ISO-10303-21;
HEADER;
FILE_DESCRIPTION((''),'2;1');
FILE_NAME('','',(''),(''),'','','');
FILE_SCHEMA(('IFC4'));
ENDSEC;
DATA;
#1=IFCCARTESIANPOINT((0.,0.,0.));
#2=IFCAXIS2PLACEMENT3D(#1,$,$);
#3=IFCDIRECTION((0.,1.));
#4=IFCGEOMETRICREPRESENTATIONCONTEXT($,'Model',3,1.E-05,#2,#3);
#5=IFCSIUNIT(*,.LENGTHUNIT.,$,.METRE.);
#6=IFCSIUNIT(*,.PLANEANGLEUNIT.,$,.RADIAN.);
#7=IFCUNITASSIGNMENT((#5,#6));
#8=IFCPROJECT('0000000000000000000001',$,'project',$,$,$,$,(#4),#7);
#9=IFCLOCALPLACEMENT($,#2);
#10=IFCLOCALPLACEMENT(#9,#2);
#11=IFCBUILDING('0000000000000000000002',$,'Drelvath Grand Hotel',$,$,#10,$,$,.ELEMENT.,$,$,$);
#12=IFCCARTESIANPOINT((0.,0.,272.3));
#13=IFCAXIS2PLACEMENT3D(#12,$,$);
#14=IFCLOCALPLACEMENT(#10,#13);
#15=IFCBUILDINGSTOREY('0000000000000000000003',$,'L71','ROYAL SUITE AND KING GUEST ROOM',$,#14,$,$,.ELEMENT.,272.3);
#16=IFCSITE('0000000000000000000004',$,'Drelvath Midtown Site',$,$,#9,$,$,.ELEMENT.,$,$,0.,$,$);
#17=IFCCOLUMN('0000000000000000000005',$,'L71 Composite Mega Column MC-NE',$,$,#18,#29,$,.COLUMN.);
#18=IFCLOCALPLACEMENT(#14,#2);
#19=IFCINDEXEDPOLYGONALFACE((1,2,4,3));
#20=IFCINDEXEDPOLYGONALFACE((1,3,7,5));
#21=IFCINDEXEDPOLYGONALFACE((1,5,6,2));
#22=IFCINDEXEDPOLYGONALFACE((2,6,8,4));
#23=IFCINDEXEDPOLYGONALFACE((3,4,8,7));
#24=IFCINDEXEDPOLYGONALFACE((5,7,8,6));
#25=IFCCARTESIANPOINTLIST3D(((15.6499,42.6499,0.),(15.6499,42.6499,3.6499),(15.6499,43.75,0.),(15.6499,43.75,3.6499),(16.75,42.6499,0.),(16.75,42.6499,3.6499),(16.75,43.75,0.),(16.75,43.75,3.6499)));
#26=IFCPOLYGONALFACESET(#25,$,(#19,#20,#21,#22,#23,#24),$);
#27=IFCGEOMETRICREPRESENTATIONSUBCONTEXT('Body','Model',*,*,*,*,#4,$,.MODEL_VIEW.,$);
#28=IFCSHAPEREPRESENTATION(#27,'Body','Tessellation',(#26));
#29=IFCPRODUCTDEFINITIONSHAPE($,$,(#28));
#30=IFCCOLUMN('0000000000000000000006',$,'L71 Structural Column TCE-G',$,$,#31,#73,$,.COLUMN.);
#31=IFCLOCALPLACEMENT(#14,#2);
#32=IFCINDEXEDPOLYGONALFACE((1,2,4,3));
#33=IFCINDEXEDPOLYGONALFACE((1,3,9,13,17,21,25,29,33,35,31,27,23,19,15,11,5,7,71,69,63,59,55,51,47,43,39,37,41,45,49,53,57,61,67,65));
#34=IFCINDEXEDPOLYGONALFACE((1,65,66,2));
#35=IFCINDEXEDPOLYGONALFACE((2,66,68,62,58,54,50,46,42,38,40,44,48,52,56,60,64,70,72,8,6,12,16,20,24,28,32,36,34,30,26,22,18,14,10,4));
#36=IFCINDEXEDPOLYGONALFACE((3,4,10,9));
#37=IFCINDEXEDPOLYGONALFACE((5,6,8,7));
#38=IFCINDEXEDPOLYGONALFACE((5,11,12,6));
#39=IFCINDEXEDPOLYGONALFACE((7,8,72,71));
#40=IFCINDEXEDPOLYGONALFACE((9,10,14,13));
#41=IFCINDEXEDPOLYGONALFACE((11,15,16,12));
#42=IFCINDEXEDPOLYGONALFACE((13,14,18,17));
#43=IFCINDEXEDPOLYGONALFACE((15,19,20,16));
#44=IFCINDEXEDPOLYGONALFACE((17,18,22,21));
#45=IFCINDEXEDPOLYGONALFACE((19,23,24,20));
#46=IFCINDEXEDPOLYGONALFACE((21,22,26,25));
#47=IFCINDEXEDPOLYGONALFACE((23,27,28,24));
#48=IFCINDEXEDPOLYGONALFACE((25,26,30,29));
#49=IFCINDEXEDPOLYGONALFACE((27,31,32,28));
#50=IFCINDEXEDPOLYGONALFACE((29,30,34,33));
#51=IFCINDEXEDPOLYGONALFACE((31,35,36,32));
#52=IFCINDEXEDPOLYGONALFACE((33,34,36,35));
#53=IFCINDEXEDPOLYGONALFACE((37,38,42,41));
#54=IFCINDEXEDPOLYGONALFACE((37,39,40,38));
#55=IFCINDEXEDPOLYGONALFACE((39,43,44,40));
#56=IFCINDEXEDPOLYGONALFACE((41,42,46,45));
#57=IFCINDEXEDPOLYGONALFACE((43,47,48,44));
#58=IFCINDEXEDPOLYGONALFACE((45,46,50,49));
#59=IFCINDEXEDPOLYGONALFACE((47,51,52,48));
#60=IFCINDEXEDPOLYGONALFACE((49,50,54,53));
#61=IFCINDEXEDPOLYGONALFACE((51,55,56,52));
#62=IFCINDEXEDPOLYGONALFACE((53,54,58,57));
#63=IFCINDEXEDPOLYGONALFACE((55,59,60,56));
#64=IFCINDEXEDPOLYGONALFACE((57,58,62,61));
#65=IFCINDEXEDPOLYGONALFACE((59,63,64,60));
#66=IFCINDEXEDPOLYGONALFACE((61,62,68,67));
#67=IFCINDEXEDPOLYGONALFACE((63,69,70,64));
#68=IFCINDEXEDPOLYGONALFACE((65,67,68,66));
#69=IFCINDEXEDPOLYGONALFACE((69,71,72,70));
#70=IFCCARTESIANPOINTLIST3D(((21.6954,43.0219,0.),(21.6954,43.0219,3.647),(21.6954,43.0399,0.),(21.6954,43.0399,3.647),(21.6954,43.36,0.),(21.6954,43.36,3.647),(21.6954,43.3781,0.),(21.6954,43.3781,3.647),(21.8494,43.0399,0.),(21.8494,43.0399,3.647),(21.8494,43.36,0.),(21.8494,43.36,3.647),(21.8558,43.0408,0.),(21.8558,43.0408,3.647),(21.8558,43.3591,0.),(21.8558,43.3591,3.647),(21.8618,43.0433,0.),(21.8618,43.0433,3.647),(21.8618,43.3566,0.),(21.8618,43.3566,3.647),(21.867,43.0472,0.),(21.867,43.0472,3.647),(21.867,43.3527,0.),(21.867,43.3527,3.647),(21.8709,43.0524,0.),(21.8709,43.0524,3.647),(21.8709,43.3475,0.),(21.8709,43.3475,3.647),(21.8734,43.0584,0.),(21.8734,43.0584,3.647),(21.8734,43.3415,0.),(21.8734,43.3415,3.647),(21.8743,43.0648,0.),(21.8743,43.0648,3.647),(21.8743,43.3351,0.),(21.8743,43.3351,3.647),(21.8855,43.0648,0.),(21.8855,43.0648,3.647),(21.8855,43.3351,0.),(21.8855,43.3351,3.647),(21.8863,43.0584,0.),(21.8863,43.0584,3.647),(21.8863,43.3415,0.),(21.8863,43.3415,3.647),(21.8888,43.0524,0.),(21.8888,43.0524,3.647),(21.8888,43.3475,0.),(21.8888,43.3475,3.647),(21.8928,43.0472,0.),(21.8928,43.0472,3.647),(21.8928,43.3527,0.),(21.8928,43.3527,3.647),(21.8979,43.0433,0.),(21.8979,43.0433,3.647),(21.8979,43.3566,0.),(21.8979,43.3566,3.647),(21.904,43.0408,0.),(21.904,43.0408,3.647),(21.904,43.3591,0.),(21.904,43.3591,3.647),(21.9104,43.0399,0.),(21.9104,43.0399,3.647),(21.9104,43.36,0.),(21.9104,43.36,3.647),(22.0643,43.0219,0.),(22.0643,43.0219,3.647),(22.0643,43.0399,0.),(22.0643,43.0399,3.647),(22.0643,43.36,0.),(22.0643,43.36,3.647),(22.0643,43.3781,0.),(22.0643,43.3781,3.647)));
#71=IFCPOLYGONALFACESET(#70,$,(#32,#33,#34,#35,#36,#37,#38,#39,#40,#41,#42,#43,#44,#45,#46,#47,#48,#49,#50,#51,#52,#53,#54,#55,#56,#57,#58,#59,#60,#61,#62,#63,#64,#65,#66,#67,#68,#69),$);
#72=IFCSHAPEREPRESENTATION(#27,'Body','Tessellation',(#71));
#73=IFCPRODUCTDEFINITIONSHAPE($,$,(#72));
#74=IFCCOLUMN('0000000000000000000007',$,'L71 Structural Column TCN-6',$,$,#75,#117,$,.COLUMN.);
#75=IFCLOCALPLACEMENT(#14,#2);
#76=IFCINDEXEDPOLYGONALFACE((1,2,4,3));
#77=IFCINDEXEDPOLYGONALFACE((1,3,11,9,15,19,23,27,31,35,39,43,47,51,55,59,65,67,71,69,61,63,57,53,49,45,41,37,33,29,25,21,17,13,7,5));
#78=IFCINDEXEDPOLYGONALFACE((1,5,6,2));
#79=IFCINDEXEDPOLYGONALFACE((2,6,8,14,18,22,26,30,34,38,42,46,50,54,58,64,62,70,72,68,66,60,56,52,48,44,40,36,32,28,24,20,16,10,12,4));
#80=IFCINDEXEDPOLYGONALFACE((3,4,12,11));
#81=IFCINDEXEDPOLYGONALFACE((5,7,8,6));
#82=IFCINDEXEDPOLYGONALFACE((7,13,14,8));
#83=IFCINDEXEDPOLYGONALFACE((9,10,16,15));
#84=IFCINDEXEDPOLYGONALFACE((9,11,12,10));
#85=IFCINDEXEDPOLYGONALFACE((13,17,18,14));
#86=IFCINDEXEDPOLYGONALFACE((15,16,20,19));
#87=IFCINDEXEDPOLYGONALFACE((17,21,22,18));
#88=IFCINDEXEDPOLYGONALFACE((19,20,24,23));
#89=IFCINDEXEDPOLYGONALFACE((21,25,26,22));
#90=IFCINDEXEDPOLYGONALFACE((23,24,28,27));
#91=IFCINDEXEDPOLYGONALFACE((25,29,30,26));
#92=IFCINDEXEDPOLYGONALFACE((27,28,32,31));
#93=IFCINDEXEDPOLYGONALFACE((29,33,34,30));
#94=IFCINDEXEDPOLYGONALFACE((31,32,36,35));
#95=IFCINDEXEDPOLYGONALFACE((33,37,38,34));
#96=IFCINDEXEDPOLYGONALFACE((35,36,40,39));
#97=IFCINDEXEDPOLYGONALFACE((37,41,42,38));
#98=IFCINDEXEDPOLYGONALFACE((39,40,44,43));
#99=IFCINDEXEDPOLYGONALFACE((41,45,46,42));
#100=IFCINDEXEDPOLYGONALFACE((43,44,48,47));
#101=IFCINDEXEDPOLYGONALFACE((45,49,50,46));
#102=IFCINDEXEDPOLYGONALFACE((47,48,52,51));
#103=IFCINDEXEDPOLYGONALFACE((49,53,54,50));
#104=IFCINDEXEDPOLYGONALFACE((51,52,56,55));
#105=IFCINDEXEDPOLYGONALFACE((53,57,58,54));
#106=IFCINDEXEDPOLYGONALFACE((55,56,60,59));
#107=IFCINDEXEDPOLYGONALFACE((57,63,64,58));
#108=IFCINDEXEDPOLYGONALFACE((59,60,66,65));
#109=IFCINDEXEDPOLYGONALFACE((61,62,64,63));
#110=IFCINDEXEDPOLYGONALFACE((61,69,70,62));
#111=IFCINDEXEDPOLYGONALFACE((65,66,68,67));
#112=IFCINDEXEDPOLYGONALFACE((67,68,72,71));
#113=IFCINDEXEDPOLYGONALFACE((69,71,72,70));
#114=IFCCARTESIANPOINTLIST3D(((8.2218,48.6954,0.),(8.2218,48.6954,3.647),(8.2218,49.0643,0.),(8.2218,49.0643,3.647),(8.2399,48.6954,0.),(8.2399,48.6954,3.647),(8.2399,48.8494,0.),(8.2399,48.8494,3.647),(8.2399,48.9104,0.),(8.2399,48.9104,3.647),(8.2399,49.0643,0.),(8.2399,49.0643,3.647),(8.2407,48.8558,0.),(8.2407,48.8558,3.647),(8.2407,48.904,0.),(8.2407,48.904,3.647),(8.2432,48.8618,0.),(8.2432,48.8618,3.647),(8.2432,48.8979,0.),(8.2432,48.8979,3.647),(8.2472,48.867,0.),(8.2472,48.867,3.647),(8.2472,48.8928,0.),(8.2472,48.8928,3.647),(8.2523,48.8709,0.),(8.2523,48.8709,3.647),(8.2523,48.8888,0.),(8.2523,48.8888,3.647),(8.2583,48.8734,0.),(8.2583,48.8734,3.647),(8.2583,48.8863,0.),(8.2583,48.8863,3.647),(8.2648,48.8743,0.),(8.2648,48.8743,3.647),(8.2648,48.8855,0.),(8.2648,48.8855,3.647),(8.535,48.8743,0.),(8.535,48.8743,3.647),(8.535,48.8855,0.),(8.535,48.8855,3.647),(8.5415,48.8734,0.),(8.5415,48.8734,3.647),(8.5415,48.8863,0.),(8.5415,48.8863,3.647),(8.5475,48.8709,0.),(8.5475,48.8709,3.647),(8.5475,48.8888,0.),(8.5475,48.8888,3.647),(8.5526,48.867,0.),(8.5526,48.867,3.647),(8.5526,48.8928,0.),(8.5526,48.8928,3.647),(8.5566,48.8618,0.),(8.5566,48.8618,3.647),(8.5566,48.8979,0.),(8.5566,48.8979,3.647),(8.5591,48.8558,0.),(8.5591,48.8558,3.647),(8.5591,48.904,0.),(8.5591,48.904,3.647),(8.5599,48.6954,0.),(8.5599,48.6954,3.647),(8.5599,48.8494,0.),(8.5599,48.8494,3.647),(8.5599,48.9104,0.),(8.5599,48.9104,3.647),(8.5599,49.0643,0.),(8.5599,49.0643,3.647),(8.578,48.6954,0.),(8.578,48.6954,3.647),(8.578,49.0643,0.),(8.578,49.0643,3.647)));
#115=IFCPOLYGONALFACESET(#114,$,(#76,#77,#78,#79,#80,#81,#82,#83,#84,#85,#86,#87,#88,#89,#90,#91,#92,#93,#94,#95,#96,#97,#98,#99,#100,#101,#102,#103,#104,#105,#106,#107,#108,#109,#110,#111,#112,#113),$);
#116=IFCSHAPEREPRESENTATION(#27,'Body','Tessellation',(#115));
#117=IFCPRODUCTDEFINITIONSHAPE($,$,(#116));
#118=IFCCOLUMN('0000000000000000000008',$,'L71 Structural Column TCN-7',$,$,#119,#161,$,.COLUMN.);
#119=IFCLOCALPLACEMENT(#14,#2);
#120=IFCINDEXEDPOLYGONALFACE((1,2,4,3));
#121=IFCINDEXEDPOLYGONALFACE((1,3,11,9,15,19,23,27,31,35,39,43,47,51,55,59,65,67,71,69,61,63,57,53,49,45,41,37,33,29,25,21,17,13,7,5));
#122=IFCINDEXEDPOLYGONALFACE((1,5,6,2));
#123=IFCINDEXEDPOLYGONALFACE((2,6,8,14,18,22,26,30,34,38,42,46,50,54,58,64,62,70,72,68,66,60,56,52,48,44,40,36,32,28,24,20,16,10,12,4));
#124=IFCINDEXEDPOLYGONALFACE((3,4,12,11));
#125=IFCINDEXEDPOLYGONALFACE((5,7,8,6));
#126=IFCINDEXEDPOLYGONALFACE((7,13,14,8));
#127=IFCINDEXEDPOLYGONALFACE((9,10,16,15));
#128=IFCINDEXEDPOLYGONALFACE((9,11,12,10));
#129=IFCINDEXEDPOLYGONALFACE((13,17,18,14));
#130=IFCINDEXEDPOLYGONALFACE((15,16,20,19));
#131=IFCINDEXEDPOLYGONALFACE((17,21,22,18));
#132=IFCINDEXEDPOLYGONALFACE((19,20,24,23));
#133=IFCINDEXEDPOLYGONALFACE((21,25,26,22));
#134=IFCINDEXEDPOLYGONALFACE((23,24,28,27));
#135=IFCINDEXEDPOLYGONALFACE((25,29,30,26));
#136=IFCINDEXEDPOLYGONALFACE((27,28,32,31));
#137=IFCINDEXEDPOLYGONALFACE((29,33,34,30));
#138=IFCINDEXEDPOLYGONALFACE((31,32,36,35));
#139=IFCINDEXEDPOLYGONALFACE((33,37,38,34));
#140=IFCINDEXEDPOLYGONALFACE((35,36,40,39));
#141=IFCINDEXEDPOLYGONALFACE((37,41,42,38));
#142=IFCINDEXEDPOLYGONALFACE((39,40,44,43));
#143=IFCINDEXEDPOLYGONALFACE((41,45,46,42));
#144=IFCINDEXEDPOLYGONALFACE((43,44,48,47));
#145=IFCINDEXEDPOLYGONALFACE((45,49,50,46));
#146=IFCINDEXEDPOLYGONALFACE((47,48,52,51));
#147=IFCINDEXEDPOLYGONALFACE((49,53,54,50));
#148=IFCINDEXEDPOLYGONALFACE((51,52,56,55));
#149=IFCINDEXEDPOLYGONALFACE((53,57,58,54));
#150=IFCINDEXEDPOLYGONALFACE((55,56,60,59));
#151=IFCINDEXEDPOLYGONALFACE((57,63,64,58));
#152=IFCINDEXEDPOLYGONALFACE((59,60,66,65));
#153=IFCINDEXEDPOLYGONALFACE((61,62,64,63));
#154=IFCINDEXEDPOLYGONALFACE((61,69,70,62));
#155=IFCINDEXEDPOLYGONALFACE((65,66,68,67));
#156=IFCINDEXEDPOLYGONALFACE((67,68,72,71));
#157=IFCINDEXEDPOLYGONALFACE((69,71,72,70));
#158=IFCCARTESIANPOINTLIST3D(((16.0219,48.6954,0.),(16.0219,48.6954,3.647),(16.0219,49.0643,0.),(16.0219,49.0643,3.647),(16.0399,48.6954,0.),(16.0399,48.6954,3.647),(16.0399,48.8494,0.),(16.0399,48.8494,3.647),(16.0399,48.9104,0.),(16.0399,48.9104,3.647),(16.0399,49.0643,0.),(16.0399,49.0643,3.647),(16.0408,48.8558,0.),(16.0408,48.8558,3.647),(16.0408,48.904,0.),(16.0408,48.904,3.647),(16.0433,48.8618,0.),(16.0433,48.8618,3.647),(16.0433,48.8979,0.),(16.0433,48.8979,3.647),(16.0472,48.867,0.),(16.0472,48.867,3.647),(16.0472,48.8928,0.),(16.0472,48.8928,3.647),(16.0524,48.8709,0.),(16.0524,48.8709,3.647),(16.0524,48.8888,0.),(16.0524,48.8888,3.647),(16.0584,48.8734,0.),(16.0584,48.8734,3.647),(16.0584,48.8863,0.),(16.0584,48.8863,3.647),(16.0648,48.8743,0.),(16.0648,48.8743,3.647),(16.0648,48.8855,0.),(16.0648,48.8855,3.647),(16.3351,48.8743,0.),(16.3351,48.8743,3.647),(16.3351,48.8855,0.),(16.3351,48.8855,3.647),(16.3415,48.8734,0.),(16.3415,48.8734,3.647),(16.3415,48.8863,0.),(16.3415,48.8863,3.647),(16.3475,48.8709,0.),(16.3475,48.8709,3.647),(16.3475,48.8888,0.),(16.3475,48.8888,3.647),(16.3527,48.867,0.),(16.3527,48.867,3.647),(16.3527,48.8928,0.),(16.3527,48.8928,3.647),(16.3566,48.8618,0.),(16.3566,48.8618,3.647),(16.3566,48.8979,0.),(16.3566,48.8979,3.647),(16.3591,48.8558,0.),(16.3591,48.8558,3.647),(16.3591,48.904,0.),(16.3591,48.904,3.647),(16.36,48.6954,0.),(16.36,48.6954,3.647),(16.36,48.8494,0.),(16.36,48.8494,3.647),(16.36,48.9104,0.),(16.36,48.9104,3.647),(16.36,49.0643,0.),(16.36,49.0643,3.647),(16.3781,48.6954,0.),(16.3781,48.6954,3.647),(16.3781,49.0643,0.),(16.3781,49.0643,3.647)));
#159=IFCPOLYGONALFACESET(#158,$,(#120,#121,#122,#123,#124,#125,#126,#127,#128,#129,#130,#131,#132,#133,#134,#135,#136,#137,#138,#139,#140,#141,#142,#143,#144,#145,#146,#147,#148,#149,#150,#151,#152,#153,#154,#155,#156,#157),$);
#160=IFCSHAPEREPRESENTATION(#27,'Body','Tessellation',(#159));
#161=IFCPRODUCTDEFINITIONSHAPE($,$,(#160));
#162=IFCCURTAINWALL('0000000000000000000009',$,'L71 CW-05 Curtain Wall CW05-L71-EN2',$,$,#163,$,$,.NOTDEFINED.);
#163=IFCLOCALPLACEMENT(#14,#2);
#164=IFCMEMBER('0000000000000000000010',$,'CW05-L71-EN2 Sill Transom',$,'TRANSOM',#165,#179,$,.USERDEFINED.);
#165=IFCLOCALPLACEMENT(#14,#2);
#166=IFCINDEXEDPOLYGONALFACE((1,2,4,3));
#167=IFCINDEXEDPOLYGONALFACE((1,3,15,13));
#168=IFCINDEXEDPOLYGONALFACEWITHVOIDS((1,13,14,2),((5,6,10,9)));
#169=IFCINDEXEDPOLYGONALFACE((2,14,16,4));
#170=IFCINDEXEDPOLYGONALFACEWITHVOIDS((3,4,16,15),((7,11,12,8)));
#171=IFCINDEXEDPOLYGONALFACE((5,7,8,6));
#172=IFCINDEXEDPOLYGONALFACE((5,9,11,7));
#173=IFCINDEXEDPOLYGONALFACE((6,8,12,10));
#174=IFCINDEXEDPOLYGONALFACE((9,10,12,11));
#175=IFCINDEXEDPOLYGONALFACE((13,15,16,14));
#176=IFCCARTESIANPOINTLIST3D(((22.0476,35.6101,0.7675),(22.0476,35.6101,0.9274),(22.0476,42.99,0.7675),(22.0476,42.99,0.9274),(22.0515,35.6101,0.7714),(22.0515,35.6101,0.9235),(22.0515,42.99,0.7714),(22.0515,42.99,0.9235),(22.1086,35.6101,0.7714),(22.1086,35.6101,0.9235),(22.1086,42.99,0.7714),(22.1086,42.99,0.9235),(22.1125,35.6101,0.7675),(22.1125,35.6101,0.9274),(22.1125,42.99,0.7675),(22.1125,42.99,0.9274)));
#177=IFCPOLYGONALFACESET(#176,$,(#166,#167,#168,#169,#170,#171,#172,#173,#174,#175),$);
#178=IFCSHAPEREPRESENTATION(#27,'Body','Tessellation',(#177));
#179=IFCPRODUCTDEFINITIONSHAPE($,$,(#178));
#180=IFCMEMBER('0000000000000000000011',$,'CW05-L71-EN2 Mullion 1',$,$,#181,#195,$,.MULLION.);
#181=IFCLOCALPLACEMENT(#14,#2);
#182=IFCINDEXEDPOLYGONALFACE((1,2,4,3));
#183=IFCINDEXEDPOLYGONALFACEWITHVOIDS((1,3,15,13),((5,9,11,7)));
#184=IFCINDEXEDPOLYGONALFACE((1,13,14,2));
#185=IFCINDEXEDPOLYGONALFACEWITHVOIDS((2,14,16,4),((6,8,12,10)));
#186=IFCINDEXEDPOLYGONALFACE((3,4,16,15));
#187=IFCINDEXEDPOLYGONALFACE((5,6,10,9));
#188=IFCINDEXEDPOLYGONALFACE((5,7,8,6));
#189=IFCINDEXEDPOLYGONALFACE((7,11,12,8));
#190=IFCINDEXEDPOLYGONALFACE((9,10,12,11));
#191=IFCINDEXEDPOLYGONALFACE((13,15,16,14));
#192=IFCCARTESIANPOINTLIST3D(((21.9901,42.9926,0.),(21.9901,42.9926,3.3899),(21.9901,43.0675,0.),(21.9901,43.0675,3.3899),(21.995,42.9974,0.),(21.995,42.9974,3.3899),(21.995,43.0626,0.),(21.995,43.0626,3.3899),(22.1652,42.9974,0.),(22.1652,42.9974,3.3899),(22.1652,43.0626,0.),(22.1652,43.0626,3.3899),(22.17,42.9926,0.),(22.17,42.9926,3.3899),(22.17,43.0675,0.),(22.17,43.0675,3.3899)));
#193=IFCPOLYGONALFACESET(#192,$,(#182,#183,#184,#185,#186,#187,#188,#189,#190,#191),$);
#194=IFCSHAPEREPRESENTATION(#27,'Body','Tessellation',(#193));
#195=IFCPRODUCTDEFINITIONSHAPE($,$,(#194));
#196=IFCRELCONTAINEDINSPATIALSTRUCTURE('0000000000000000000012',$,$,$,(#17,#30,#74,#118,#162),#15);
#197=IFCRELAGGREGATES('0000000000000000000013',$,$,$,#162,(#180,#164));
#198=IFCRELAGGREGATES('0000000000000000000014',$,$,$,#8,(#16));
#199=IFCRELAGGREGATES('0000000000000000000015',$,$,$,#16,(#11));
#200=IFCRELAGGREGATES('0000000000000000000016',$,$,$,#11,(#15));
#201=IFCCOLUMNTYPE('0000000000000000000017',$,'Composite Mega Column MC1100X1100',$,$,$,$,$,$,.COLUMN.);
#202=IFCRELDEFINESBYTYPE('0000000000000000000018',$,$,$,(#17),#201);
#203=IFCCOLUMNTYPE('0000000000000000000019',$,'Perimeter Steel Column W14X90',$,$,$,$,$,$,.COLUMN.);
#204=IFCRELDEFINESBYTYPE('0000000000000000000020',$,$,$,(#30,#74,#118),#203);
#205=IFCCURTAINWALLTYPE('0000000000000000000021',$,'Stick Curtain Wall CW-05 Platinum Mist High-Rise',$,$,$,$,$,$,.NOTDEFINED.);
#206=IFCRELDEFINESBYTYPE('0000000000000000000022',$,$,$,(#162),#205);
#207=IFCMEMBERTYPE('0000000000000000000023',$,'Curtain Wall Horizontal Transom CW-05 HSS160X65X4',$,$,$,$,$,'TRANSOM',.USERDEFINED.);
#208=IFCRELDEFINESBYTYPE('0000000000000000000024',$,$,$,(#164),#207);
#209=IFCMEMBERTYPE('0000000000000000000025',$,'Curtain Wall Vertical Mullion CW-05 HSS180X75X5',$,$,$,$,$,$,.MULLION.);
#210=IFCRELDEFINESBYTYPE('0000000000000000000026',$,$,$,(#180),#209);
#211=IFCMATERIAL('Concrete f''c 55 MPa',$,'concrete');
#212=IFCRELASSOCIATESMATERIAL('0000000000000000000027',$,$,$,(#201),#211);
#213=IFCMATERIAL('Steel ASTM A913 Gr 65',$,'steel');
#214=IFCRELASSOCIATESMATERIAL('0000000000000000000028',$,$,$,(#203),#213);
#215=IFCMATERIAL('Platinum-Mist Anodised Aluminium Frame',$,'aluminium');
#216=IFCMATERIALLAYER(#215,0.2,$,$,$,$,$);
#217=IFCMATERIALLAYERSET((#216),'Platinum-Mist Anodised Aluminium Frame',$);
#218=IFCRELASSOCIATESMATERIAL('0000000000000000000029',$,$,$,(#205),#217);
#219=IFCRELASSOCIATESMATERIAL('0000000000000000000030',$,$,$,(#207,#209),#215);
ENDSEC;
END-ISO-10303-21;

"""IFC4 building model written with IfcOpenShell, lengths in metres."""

from ifc_helpers import new_model, si_unit, direction, frame, origin, origin_2d, place, context, subcontext, project, spatial, rectangle, hollow_rectangle, i_section, extrude, material, layer, layer_set, material_profile, profile_set, type_object, element, aggregate, save


model = new_model("IFC4")

# Units and contexts
model_context = context("Model", 3, precision=1e-05, world=origin(), true_north=direction((0.0, 1.0)))
body_context = subcontext(model_context, "Body", "Model", "MODEL_VIEW")
ifc_project = project(units=[si_unit("LENGTHUNIT", "METRE"), si_unit("PLANEANGLEUNIT", "RADIAN")], contexts=[model_context])

# Site, building, storey
site_placement = place(None, origin())
site = spatial("IfcSite", under=ifc_project, at=site_placement, Name="Drelvath Midtown Site", CompositionType="ELEMENT", RefElevation=0.0)
building_placement = place(site_placement, origin())
building = spatial("IfcBuilding", under=site, at=building_placement, Name="Drelvath Grand Hotel", CompositionType="ELEMENT")
storey_placement = place(building_placement, frame((0.0, 0.0, 272.3)))
storey = spatial("IfcBuildingStorey", under=building, at=storey_placement, Name="L71", Description="ROYAL SUITE AND KING GUEST ROOM", CompositionType="ELEMENT", Elevation=272.3)

# Columns
ifc_material_1 = material(Name="Concrete f'c 55 MPa", Category="concrete")
ifc_material_profile_1 = material_profile(ifc_material_1, rectangle(XDim=1.1001, YDim=1.1001, at=origin_2d()), Name="MC1100X1100")
ifc_profile_set_1 = profile_set([ifc_material_profile_1], Name="Concrete f'c 55 MPa")
column_type_1 = type_object("IfcColumnType", Name="Composite Mega Column MC1100X1100", PredefinedType="COLUMN", material=ifc_profile_set_1)
column_placement = place(storey_placement, frame((16.2, 43.2, 0.0), z_axis=(0.0, 0.0, 1.0), x_axis=(1.0, 0.0, 0.0)))
element("IfcColumn", 1, at=column_placement, inside=storey, type_object=column_type_1, Name="L71 Composite Mega Column MC-NE", PredefinedType="COLUMN", context=body_context, shape_type="SweptSolid", body=[
    extrude(rectangle(XDim=1.1001, YDim=1.1001, at=origin_2d()), origin(), (0.0, 0.0, 1.0), 3.6499),
])
ifc_material_2 = material(Name="Steel ASTM A913 Gr 65", Category="steel")
ifc_material_profile_2 = material_profile(ifc_material_2, i_section(OverallWidth=0.3689, OverallDepth=0.3562, WebThickness=0.0112, FlangeThickness=0.0181, FilletRadius=0.0249, at=origin_2d()), Name="W14X90")
ifc_profile_set_2 = profile_set([ifc_material_profile_2], Name="Steel ASTM A913 Gr 65")
column_type_2 = type_object("IfcColumnType", Name="Perimeter Steel Column W14X90", PredefinedType="COLUMN", material=ifc_profile_set_2)
for number, where, z_axis, x_axis, name in (
    (2, (21.8799, 43.2, 0.0), (0.0, 0.0, 1.0), (1.0, 0.0, 0.0), "L71 Structural Column TCE-G"),
    (3, (8.3999, 48.8799, 0.0), (0.0, 0.0, 1.0), (0.0, 1.0, 0.0), "L71 Structural Column TCN-6"),
    (4, (16.2, 48.8799, 0.0), (0.0, 0.0, 1.0), (0.0, 1.0, 0.0), "L71 Structural Column TCN-7"),
):
    element("IfcColumn", number, at=place(storey_placement, frame(where, z_axis=z_axis, x_axis=x_axis)), inside=storey, type_object=column_type_2, Name=name, PredefinedType="COLUMN", context=body_context, shape_type="SweptSolid", body=[
        extrude(i_section(OverallWidth=0.3689, OverallDepth=0.3562, WebThickness=0.0112, FlangeThickness=0.0181, FilletRadius=0.0249, at=origin_2d()), origin(), (0.0, 0.0, 1.0), 3.647),
    ])

# Curtain wall, members
ifc_material_3 = material(Name="Platinum-Mist Anodised Aluminium Frame", Category="aluminium")
ifc_layer_1 = layer(ifc_material_3, 0.2)
ifc_layer_set_1 = layer_set([ifc_layer_1], Name="Platinum-Mist Anodised Aluminium Frame")
curtain_wall_type = type_object("IfcCurtainWallType", Name="Stick Curtain Wall CW-05 Platinum Mist High-Rise", PredefinedType="NOTDEFINED", material=ifc_layer_set_1)
curtain_wall_placement = place(storey_placement, origin())
curtain_wall = element("IfcCurtainWall", 5, at=curtain_wall_placement, inside=storey, type_object=curtain_wall_type, Name="L71 CW-05 Curtain Wall CW05-L71-EN2", PredefinedType="NOTDEFINED")
ifc_material_profile_3 = material_profile(ifc_material_3, hollow_rectangle(XDim=0.0649, YDim=0.1599, WallThickness=0.0039, at=origin_2d()), Name="HSS160X65X4")
ifc_profile_set_3 = profile_set([ifc_material_profile_3], Name="Platinum-Mist Anodised Aluminium Frame")
member_type_1 = type_object("IfcMemberType", Name="Curtain Wall Horizontal Transom CW-05 HSS160X65X4", ElementType="TRANSOM", PredefinedType="USERDEFINED", material=ifc_profile_set_3)
member_1_placement = place(storey_placement, frame((22.0801, 42.99, 0.8474), z_axis=(0.0, -1.0, 0.0), x_axis=(1.0, 0.0, 0.0)))
member_1 = element("IfcMember", 6, at=member_1_placement, type_object=member_type_1, Name="CW05-L71-EN2 Sill Transom", ObjectType="TRANSOM", PredefinedType="USERDEFINED", context=body_context, shape_type="SweptSolid", body=[
    extrude(hollow_rectangle(XDim=0.0649, YDim=0.1599, WallThickness=0.0039, at=origin_2d()), origin(), (0.0, 0.0, 1.0), 7.3799),
])
ifc_material_profile_4 = material_profile(ifc_material_3, hollow_rectangle(XDim=0.075, YDim=0.1799, WallThickness=0.0049, at=origin_2d()), Name="HSS180X75X5")
ifc_profile_set_4 = profile_set([ifc_material_profile_4], Name="Platinum-Mist Anodised Aluminium Frame")
member_type_2 = type_object("IfcMemberType", Name="Curtain Wall Vertical Mullion CW-05 HSS180X75X5", PredefinedType="MULLION", material=ifc_profile_set_4)
member_2_placement = place(storey_placement, frame((22.0801, 43.03, 0.0), z_axis=(0.0, 0.0, 1.0), x_axis=(0.0, 1.0, 0.0)))
member_2 = element("IfcMember", 7, at=member_2_placement, type_object=member_type_2, Name="CW05-L71-EN2 Mullion 1", PredefinedType="MULLION", context=body_context, shape_type="SweptSolid", body=[
    extrude(hollow_rectangle(XDim=0.075, YDim=0.1799, WallThickness=0.0049, at=origin_2d()), origin(), (0.0, 0.0, 1.0), 3.3899),
])

aggregate(curtain_wall, [member_2, member_1])

save(model, "model.ifc")
